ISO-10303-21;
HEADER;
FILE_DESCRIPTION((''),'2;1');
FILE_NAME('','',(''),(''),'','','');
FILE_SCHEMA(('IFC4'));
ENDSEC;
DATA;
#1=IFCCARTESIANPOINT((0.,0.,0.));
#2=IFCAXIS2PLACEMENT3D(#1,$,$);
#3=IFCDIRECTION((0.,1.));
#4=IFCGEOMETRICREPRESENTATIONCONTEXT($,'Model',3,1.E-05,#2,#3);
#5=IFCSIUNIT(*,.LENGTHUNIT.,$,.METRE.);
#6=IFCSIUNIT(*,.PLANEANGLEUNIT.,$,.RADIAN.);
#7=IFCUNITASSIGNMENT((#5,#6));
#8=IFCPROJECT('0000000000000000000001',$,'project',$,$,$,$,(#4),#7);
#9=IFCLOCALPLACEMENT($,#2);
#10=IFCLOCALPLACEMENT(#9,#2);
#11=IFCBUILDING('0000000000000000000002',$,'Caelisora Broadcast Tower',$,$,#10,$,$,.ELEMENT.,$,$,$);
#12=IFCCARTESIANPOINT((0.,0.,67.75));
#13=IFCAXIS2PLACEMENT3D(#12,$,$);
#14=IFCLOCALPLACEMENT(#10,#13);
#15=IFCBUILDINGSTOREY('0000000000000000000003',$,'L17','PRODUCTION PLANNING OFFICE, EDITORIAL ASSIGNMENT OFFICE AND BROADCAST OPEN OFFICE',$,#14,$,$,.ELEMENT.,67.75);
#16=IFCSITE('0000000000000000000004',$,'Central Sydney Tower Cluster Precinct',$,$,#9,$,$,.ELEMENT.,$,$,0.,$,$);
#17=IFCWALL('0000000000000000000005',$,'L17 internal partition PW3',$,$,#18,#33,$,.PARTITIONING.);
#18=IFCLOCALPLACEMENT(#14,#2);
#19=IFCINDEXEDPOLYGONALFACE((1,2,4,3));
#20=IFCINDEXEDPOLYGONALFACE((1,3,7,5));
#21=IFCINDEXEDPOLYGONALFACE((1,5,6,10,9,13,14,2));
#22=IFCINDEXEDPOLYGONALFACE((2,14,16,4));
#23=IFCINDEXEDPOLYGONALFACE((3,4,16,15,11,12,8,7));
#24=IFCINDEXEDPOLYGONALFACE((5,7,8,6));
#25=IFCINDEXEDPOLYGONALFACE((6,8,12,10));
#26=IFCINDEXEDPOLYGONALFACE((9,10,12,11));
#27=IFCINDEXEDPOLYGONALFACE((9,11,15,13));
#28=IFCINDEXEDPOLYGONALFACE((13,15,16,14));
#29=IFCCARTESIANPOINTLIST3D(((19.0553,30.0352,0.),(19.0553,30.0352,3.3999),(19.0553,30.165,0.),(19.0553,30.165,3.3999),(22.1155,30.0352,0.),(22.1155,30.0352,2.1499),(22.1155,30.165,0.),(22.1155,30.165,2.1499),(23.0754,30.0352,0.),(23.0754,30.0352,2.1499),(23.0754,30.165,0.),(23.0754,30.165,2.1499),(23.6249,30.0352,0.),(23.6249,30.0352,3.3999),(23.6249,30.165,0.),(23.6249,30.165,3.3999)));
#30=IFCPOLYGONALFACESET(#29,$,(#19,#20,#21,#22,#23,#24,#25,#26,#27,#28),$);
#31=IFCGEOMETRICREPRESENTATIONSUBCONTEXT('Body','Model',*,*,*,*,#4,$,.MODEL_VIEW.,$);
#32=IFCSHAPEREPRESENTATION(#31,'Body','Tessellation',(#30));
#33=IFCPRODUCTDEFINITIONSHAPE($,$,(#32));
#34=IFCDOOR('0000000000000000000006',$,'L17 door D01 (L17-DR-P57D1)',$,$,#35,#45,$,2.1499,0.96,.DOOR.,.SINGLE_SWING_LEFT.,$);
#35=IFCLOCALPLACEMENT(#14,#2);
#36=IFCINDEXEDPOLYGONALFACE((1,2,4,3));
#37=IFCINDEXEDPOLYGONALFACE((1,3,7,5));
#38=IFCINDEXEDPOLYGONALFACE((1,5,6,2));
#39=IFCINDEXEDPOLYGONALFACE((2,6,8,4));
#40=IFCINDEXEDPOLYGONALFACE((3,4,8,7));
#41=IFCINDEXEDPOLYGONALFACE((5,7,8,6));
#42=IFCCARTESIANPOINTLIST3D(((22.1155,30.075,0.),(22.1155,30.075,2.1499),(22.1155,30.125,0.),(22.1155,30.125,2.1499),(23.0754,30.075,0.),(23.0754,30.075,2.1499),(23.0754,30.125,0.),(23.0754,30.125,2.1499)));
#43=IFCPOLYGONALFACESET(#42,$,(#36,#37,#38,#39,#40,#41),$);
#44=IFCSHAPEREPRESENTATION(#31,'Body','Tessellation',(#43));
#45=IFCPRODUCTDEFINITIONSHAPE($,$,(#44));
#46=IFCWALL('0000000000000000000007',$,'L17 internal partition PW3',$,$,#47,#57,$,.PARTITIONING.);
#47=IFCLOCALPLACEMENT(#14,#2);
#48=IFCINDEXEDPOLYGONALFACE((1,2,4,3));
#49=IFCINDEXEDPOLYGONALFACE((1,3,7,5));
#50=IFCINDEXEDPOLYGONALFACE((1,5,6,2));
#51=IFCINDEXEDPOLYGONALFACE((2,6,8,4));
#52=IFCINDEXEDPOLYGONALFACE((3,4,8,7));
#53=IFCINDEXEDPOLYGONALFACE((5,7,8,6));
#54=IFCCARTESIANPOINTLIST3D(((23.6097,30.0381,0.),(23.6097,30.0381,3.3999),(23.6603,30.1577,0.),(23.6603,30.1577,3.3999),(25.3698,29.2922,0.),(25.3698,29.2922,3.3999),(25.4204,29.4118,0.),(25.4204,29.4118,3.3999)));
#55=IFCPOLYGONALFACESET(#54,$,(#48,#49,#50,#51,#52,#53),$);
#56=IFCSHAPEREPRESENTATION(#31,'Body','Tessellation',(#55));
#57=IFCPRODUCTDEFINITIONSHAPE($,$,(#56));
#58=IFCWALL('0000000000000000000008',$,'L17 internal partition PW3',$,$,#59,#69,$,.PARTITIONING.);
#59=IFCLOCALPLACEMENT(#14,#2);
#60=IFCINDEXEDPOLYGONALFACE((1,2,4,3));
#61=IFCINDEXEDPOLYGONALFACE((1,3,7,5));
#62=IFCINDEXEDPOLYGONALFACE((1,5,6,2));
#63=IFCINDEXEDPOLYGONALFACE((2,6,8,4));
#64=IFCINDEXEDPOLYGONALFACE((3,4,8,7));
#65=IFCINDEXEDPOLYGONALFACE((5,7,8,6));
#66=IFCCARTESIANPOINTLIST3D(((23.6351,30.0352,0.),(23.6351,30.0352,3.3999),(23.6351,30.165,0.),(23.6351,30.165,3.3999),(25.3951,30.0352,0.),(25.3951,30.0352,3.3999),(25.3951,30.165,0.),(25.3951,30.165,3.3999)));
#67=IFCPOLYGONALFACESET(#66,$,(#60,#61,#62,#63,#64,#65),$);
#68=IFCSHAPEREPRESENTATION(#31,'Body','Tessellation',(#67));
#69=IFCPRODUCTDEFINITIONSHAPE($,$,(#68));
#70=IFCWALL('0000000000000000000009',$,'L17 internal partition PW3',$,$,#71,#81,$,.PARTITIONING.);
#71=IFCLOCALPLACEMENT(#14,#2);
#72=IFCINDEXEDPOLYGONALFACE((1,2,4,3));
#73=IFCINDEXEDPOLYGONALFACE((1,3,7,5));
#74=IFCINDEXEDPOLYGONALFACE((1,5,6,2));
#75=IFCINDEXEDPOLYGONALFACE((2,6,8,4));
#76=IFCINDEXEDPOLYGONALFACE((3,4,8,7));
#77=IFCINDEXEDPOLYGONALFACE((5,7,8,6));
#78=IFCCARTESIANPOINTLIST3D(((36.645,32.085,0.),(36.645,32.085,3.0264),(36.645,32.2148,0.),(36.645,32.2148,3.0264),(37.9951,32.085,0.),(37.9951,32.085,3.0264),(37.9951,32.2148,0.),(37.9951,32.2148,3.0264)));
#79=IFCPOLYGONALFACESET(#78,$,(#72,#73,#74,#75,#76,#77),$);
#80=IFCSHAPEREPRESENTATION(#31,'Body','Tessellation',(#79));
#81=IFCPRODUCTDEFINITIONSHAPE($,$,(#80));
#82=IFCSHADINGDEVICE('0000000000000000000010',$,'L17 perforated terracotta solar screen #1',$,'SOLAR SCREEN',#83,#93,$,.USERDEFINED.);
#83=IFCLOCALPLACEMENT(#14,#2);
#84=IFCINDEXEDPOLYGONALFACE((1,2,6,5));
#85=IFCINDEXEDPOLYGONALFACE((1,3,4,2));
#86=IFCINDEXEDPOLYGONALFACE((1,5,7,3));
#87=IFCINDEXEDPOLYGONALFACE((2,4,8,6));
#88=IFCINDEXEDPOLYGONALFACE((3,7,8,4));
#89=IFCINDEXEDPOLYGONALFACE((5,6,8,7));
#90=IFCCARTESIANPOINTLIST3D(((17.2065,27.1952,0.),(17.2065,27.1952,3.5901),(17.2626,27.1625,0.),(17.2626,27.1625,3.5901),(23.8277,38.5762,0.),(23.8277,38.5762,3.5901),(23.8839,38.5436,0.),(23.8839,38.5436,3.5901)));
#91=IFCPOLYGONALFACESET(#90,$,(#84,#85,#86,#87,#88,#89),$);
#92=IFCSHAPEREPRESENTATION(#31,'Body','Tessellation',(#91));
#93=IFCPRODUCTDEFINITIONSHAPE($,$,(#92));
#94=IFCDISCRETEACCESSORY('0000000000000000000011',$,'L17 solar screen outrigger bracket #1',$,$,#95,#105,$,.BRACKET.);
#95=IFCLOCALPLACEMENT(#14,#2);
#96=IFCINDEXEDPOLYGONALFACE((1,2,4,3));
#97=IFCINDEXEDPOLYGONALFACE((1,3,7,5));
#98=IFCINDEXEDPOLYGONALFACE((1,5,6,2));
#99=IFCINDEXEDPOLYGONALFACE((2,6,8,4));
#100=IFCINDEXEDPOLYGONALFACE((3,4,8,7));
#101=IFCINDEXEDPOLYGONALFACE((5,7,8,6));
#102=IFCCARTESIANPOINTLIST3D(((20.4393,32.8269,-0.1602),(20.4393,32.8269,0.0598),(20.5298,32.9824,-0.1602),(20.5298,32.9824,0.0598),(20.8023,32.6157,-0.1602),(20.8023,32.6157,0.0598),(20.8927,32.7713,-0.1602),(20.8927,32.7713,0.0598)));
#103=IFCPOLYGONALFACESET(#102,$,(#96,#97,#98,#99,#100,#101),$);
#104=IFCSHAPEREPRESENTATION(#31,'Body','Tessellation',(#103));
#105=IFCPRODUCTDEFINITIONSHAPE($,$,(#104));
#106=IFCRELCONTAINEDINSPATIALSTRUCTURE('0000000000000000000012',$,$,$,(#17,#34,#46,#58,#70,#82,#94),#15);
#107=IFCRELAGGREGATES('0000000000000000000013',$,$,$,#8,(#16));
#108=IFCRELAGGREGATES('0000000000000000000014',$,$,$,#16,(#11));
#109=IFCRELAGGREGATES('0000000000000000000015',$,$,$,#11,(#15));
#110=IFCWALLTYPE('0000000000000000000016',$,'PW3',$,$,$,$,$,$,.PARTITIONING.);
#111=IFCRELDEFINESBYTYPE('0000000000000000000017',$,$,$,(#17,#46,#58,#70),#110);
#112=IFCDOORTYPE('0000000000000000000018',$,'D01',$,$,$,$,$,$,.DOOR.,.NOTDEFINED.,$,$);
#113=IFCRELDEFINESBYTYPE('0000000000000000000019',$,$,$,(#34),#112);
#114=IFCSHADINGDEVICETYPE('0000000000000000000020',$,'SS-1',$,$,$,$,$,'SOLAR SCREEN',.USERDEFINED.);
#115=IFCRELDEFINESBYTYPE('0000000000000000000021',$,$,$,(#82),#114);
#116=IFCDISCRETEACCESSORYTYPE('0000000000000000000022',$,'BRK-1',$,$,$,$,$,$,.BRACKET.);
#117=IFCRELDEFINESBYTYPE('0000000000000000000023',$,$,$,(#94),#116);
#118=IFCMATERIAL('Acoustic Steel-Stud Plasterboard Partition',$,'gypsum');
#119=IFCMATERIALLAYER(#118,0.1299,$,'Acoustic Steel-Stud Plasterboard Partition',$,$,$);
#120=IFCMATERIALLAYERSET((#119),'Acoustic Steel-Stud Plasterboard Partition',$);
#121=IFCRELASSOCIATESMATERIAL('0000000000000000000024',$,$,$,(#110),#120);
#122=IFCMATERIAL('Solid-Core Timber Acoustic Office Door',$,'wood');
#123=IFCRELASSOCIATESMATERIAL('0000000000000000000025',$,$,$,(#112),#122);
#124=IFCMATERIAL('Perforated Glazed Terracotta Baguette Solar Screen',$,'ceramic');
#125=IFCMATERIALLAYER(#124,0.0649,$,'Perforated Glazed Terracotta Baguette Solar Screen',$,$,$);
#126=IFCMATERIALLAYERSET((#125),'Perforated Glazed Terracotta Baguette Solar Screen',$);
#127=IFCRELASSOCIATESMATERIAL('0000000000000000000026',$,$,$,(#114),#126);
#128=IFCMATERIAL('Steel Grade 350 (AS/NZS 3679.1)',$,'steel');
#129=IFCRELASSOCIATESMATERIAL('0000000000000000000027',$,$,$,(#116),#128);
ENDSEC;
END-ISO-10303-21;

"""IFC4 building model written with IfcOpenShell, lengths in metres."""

from ifc_helpers import new_model, si_unit, direction, frame, frame_2d, origin, origin_2d, place, context, subcontext, project, spatial, rectangle, extrude, source, transform, mapped, material, layer, layer_set, type_object, type_shapes, element, fill, save


model = new_model("IFC4")

# Units and contexts
model_context = context("Model", 3, precision=1e-05, world=origin(), true_north=direction((0.0, 1.0)))
body_context = subcontext(model_context, "Body", "Model", "MODEL_VIEW")
ifc_project = project(units=[si_unit("LENGTHUNIT", "METRE"), si_unit("PLANEANGLEUNIT", "RADIAN")], contexts=[model_context])

# Site, building, storey
site_placement = place(None, origin())
site = spatial("IfcSite", under=ifc_project, at=site_placement, Name="Central Sydney Tower Cluster Precinct", CompositionType="ELEMENT", RefElevation=0.0)
building_placement = place(site_placement, origin())
building = spatial("IfcBuilding", under=site, at=building_placement, Name="Caelisora Broadcast Tower", CompositionType="ELEMENT")
storey_placement = place(building_placement, frame((0.0, 0.0, 67.75)))
storey = spatial("IfcBuildingStorey", under=building, at=storey_placement, Name="L17", Description="PRODUCTION PLANNING OFFICE, EDITORIAL ASSIGNMENT OFFICE AND BROADCAST OPEN OFFICE", CompositionType="ELEMENT", Elevation=67.75)

# Shared definitions
ifc_material_1 = material(Name="Steel Grade 350 (AS/NZS 3679.1)", Category="steel")

# Shared definitions
ifc_material_2 = material(Name="Acoustic Steel-Stud Plasterboard Partition", Category="gypsum")
ifc_layer_1 = layer(ifc_material_2, 0.1299, Name="Acoustic Steel-Stud Plasterboard Partition")
ifc_layer_set_1 = layer_set([ifc_layer_1], Name="Acoustic Steel-Stud Plasterboard Partition")
wall_type = type_object("IfcWallType", Name="PW3", PredefinedType="PARTITIONING", material=ifc_layer_set_1)
ifc_material_3 = material(Name="Solid-Core Timber Acoustic Office Door", Category="wood")
door_type = type_object("IfcDoorType", Name="D01", OperationType="NOTDEFINED", PredefinedType="DOOR", material=ifc_material_3)

# Wall, opening, door
wall_1_placement = place(storey_placement, frame((19.0554, 30.1001, 0.0), z_axis=(0.0, 0.0, 1.0), x_axis=(1.0, 0.0, 0.0)))
wall_1 = element("IfcWall", 1, at=wall_1_placement, inside=storey, type_object=wall_type, Name="L17 internal partition PW3", PredefinedType="PARTITIONING", context=body_context, shape_type="SweptSolid", body=[
    extrude(rectangle(XDim=4.5696, YDim=0.1299, at=frame_2d((2.2847, 0.0))), origin(), (0.0, 0.0, 1.0), 3.3999),
])
opening_1_placement = place(wall_1_placement, frame((3.0601, 0.0, 0.0)))
opening_1 = element("IfcOpeningElement", 2, at=opening_1_placement, cuts=wall_1, PredefinedType="OPENING", context=body_context, shape_type="SweptSolid", body=[
    extrude(rectangle(XDim=0.96, YDim=2.1499, at=frame_2d((0.48, 1.075))), frame((0.0, 0.0769, 0.0), z_axis=(0.0, -1.0, 0.0), x_axis=(1.0, 0.0, 0.0)), (0.0, 0.0, 1.0), 0.1538),
])
door_1_placement = place(opening_1_placement, origin())
door_1 = element("IfcDoor", 3, at=door_1_placement, inside=storey, type_object=door_type, Name="L17 door D01 (L17-DR-P57D1)", OperationType="SINGLE_SWING_LEFT", OverallHeight=2.1499, OverallWidth=0.96, PredefinedType="DOOR", context=body_context, shape_type="SweptSolid", body=[
    extrude(rectangle(XDim=0.96, YDim=2.1499, at=frame_2d((0.48, 1.075))), frame((0.0, 0.0249, 0.0), z_axis=(0.0, -1.0, 0.0), x_axis=(1.0, 0.0, 0.0)), (0.0, 0.0, 1.0), 0.05),
])
fill(opening_1, door_1)

# Walls
wall_2_placement = place(storey_placement, frame((23.635, 30.0979, 0.0), z_axis=(0.0, 0.0, 1.0), x_axis=(0.920736, -0.390186, 0.0)))
element("IfcWall", 4, at=wall_2_placement, inside=storey, type_object=wall_type, Name="L17 internal partition PW3", PredefinedType="PARTITIONING", context=body_context, shape_type="SweptSolid", body=[
    extrude(rectangle(XDim=1.9116, YDim=0.1299, at=frame_2d((0.9558, 0.0))), origin(), (0.0, 0.0, 1.0), 3.3999),
])
wall_3_placement = place(storey_placement, frame((25.395, 30.1001, 0.0), z_axis=(0.0, 0.0, 1.0), x_axis=(-1.0, 0.0, 0.0)))
element("IfcWall", 5, at=wall_3_placement, inside=storey, type_object=wall_type, Name="L17 internal partition PW3", PredefinedType="PARTITIONING", context=body_context, shape_type="SweptSolid", body=[
    extrude(rectangle(XDim=1.76, YDim=0.1299, at=frame_2d((0.8799, 0.0))), origin(), (0.0, 0.0, 1.0), 3.3999),
])
wall_4_placement = place(storey_placement, frame((36.645, 32.1499, 0.0), z_axis=(0.0, 0.0, 1.0), x_axis=(1.0, 0.0, 0.0)))
element("IfcWall", 6, at=wall_4_placement, inside=storey, type_object=wall_type, Name="L17 internal partition PW3", PredefinedType="PARTITIONING", context=body_context, shape_type="SweptSolid", body=[
    extrude(rectangle(XDim=1.3501, YDim=0.1299, at=frame_2d((0.675, 0.0))), origin(), (0.0, 0.0, 1.0), 3.0264),
])

# Shading device
ifc_material_4 = material(Name="Perforated Glazed Terracotta Baguette Solar Screen", Category="ceramic")
ifc_layer_2 = layer(ifc_material_4, 0.0649, Name="Perforated Glazed Terracotta Baguette Solar Screen")
ifc_layer_set_2 = layer_set([ifc_layer_2], Name="Perforated Glazed Terracotta Baguette Solar Screen")
shading_device_type = type_object("IfcShadingDeviceType", Name="SS-1", ElementType="SOLAR SCREEN", PredefinedType="USERDEFINED", material=ifc_layer_set_2)
shared_shape_1 = source(origin(), body_context, "Body", "SweptSolid", [
    extrude(rectangle(XDim=13.167, YDim=0.0649, at=origin_2d()), origin(), (0.0, 0.0, 1.0), 3.5901),
])
type_shapes(shading_device_type, [shared_shape_1])
shading_device_placement = place(storey_placement, frame((20.5452, 32.8694, 0.0), z_axis=(0.0, 0.0, 1.0), x_axis=(-0.502869, -0.864363, 0.0)))
element("IfcShadingDevice", 7, at=shading_device_placement, inside=storey, type_object=shading_device_type, Name="L17 perforated terracotta solar screen #1", ObjectType="SOLAR SCREEN", PredefinedType="USERDEFINED", context=body_context, shape_type="MappedRepresentation", body=[
    mapped(shared_shape_1, transform((0.0, 0.0, 0.0), scale=1.0)),
])

# Discrete accessory
discrete_accessory_type = type_object("IfcDiscreteAccessoryType", Name="BRK-1", PredefinedType="BRACKET", material=ifc_material_1)
shared_shape_2 = source(origin(), body_context, "Body", "SweptSolid", [
    extrude(rectangle(XDim=0.1799, YDim=0.4199, at=origin_2d()), origin(), (0.0, 0.0, 1.0), 0.22),
])
type_shapes(discrete_accessory_type, [shared_shape_2])
discrete_accessory_placement = place(storey_placement, frame((20.666, 32.7991, -0.1602), z_axis=(0.0, 0.0, 1.0), x_axis=(-0.502869, -0.864363, 0.0)))
element("IfcDiscreteAccessory", 8, at=discrete_accessory_placement, inside=storey, type_object=discrete_accessory_type, Name="L17 solar screen outrigger bracket #1", PredefinedType="BRACKET", context=body_context, shape_type="MappedRepresentation", body=[
    mapped(shared_shape_2, transform((0.0, 0.0, 0.0), scale=1.0)),
])

save(model, "model.ifc")
